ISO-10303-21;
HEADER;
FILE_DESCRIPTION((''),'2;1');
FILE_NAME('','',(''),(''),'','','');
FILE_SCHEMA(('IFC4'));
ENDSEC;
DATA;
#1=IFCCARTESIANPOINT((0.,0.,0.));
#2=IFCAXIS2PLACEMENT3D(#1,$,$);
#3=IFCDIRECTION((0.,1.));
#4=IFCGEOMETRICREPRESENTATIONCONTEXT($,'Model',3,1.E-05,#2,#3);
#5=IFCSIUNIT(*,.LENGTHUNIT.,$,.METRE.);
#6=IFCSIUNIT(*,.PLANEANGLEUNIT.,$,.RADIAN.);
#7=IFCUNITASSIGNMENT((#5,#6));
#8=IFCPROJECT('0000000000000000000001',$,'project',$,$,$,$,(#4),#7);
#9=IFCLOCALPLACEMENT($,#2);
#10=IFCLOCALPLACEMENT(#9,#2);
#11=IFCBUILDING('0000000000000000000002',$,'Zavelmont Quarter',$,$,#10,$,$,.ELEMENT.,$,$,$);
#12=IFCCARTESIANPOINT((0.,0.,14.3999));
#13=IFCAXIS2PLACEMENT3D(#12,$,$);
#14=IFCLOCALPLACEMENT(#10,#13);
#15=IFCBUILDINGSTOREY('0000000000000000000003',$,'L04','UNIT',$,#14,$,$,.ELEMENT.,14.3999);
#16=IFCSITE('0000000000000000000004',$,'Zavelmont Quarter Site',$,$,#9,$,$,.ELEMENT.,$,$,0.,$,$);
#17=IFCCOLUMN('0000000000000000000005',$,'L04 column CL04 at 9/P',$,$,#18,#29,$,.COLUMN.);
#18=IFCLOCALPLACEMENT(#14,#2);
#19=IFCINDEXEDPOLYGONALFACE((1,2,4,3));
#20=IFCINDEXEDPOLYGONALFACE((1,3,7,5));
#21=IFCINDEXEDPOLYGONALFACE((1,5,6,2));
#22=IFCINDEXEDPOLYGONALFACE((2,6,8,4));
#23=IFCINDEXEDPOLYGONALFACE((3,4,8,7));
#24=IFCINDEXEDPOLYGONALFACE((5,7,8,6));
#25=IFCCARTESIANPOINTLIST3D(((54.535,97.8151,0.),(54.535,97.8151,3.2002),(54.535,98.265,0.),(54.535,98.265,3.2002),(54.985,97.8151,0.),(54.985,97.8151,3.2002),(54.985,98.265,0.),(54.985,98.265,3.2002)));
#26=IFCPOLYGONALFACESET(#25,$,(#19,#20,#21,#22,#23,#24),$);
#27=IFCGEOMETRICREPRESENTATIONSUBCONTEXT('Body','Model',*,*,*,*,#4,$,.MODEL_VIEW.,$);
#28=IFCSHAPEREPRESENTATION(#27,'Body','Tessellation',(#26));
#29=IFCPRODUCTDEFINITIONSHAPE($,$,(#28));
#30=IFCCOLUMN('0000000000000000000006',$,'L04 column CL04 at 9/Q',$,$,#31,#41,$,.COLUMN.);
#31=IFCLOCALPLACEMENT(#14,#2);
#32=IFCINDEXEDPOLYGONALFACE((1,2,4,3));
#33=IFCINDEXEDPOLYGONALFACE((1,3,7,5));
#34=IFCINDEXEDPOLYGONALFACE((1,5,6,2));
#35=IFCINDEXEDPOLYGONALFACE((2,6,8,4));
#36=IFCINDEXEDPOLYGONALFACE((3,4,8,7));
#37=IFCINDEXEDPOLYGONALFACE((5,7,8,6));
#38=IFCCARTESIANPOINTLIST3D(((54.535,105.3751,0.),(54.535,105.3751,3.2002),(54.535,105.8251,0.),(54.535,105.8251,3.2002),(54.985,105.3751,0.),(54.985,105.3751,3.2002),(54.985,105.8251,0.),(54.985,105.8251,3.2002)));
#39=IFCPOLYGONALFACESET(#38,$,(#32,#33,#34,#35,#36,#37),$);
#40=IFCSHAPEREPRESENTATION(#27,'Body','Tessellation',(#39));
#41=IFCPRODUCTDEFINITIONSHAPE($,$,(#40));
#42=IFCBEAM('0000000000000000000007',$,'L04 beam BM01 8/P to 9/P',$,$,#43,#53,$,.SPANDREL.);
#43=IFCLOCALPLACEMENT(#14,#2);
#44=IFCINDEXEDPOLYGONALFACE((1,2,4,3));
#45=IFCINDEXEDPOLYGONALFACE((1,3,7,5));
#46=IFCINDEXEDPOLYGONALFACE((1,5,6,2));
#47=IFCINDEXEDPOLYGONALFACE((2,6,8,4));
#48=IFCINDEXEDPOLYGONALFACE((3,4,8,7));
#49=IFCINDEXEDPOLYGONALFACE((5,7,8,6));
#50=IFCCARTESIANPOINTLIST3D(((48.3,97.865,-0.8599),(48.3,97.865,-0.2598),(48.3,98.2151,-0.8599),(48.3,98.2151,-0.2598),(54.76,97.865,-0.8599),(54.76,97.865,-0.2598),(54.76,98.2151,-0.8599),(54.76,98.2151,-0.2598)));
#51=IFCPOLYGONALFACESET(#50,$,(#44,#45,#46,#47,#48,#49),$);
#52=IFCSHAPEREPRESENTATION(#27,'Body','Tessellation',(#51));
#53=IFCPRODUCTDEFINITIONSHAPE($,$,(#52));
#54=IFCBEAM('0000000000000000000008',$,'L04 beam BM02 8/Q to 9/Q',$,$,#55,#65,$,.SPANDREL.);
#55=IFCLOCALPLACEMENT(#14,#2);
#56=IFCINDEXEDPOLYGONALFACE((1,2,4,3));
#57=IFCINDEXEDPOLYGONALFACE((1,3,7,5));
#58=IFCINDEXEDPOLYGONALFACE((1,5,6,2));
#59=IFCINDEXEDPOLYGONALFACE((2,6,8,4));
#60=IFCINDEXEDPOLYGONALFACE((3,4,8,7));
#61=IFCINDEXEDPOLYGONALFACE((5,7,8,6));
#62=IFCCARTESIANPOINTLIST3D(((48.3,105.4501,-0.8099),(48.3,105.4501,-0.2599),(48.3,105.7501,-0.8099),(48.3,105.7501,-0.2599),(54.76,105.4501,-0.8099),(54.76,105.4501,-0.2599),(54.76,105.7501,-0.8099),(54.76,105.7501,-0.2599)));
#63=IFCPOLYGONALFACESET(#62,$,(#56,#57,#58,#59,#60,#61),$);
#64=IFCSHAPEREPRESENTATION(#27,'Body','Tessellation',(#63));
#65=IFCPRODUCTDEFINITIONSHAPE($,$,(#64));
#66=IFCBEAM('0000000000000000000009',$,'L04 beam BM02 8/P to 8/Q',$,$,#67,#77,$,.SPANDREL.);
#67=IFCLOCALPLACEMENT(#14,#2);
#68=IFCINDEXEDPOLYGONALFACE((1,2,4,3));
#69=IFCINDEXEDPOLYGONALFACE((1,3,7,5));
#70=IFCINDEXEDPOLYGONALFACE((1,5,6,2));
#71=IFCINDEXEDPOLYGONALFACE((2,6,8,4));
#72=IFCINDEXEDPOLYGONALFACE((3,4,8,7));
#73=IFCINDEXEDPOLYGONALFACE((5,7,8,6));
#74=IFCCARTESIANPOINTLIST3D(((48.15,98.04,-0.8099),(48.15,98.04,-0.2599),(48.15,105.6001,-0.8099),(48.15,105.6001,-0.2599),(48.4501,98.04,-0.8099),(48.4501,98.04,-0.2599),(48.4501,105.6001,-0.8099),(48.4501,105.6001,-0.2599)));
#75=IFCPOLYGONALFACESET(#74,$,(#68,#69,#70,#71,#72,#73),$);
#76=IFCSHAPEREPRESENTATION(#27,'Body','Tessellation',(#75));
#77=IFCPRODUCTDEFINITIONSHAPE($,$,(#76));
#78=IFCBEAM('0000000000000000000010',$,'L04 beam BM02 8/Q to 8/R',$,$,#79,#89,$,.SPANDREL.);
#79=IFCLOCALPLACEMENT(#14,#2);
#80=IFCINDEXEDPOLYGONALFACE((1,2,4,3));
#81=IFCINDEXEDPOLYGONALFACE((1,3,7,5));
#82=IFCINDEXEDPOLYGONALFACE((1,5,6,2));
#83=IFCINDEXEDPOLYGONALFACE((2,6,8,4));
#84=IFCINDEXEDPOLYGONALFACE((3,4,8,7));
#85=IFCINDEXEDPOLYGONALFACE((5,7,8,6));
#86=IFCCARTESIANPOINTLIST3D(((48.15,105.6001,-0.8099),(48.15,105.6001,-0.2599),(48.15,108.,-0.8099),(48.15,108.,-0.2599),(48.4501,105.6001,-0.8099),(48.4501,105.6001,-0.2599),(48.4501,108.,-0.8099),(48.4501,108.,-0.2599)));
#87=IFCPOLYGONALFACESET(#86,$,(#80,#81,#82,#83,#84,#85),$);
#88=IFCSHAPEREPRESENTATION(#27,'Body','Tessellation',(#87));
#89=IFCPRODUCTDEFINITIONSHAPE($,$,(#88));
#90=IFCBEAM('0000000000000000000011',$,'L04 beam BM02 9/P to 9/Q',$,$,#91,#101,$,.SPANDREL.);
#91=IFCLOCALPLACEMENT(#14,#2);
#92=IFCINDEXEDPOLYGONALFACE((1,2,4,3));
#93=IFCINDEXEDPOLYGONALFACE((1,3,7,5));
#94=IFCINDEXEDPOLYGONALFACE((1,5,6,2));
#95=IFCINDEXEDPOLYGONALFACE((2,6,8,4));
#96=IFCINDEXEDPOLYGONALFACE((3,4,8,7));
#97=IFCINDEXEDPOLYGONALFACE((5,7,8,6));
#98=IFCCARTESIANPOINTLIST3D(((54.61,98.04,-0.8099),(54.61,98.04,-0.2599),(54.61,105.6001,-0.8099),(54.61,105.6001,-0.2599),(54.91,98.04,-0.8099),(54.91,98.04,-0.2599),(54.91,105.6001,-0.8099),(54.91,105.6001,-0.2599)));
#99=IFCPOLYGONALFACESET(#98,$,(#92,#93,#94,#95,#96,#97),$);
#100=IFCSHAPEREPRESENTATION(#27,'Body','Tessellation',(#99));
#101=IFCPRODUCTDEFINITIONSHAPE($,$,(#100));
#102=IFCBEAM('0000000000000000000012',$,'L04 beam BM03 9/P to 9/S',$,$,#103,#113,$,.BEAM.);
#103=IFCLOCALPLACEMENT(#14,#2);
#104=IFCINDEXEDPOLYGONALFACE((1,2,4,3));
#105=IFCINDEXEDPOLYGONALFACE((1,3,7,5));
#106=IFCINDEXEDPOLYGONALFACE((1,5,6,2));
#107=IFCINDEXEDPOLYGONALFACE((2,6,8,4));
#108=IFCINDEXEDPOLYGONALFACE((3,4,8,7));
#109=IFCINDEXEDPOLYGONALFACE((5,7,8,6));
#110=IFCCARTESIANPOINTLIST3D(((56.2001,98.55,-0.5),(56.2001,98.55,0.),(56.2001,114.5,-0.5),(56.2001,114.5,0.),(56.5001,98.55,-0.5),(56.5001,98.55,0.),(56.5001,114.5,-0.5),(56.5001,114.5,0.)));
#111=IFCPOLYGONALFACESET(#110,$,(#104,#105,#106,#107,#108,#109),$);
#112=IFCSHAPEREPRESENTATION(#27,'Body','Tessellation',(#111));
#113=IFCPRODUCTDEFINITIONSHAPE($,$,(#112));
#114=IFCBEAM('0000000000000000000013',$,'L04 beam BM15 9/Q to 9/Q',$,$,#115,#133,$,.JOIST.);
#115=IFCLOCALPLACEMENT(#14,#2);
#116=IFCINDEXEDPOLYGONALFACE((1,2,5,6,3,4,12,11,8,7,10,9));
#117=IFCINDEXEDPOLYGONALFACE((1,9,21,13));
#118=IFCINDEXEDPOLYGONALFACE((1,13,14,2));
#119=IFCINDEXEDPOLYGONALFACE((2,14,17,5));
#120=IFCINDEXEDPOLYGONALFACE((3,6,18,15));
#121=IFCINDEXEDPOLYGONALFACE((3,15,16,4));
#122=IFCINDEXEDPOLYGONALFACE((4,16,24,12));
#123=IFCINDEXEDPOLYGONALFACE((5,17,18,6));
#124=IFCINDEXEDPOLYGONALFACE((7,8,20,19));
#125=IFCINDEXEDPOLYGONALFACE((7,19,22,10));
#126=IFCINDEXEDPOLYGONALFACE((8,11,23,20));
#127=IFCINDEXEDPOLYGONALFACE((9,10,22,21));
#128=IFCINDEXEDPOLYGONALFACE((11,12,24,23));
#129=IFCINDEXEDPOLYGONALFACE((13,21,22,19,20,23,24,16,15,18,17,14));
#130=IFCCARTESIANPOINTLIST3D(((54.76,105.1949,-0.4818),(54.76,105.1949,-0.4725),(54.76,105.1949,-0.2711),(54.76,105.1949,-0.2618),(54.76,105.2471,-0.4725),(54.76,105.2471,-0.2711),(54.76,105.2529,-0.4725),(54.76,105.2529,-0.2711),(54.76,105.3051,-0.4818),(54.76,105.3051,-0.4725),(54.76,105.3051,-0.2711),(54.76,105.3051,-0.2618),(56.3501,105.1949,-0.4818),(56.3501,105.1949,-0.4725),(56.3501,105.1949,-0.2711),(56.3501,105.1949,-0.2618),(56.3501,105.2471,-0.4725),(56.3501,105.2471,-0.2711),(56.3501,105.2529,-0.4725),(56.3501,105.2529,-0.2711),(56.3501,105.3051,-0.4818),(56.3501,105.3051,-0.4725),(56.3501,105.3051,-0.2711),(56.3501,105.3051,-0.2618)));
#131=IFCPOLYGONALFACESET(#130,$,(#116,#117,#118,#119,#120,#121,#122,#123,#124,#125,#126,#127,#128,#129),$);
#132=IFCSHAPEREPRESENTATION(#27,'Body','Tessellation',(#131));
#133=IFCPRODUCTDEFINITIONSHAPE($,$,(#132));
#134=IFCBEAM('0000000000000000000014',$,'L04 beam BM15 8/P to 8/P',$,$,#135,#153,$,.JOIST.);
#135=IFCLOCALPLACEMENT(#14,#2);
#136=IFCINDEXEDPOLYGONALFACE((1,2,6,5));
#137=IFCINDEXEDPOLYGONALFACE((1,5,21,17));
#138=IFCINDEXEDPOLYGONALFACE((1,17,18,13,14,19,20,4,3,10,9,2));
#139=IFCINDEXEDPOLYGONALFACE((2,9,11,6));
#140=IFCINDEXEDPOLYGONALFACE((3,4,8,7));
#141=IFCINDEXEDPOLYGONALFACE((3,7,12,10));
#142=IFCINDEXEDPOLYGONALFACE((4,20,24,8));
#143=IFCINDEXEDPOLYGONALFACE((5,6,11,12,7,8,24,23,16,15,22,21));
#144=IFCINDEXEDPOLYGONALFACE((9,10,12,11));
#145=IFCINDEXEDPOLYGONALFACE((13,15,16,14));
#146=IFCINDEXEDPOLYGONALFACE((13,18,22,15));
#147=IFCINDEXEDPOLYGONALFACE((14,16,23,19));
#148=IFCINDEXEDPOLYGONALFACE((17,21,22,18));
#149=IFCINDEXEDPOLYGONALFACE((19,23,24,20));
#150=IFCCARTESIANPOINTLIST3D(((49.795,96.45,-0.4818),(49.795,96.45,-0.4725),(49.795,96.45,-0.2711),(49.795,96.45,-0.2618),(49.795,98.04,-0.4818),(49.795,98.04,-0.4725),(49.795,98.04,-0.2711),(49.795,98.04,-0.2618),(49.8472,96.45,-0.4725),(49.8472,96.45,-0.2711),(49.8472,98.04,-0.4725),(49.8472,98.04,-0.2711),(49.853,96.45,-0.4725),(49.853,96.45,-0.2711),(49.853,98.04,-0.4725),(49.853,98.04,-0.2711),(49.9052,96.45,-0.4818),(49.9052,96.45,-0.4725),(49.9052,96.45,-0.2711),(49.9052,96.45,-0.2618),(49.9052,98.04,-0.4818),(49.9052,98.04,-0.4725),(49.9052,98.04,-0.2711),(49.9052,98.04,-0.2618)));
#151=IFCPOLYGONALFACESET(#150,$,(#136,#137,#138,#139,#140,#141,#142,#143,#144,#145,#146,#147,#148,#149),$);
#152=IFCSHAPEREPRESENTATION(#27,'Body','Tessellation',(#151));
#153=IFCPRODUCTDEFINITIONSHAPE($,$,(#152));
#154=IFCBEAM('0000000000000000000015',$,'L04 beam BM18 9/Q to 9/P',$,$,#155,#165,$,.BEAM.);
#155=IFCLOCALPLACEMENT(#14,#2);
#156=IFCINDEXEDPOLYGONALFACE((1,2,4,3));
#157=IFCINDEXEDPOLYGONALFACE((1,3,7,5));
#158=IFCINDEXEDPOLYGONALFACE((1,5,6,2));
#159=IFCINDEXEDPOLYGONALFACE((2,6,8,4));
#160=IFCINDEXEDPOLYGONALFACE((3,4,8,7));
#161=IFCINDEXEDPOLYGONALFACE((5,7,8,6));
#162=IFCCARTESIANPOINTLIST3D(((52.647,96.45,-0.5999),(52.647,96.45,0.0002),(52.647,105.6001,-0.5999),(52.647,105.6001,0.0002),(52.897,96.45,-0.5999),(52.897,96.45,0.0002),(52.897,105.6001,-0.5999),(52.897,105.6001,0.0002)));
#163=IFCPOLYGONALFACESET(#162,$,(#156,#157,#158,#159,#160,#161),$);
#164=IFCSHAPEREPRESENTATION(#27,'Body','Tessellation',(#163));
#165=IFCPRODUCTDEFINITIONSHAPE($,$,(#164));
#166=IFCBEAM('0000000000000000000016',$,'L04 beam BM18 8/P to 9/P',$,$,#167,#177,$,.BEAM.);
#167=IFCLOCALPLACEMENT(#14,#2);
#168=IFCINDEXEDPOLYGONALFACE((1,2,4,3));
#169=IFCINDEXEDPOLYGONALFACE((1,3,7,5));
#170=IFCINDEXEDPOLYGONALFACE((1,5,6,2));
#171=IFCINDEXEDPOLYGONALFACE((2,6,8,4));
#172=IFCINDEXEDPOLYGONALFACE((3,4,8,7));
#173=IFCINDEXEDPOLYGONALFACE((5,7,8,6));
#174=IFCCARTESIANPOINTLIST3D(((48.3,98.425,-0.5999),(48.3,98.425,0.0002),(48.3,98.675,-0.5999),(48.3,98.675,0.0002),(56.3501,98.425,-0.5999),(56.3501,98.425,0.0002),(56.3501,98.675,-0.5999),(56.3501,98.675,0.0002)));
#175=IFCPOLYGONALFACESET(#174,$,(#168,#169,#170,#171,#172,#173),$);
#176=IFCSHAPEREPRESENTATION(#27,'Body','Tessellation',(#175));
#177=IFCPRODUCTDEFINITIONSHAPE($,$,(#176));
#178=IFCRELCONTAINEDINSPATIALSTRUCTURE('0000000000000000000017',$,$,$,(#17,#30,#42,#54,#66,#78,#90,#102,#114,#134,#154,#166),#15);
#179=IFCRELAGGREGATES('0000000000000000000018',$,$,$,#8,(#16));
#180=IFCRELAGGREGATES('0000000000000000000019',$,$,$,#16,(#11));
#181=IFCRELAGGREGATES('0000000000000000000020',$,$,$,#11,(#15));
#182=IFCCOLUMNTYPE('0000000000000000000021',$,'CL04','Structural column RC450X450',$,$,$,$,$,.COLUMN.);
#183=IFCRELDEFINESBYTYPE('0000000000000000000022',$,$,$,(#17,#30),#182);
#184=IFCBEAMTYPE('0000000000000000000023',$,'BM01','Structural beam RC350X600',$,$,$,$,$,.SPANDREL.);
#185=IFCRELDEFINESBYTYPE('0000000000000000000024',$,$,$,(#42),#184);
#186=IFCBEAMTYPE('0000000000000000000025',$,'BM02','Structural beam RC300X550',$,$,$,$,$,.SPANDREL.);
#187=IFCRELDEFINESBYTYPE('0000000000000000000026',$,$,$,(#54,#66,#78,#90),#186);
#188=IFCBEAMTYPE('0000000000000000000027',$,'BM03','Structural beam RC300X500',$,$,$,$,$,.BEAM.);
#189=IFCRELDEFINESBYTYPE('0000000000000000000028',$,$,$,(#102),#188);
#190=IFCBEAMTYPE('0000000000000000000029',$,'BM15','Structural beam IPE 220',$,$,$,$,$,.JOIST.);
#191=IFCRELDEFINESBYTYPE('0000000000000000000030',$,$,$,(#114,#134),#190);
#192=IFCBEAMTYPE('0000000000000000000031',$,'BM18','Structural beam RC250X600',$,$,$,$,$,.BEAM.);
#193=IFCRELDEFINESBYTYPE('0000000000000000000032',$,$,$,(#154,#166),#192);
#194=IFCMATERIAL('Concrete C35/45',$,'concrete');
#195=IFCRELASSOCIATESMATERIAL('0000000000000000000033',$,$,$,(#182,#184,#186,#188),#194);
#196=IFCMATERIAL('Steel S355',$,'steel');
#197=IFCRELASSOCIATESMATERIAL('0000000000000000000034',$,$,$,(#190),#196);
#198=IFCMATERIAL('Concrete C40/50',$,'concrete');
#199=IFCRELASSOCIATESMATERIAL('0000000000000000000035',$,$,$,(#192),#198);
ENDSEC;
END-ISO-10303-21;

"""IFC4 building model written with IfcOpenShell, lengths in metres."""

from ifc_helpers import new_model, si_unit, direction, frame, origin, origin_2d, place, context, subcontext, project, spatial, rectangle, i_section, extrude, material, material_profile, profile_set, type_object, element, save


model = new_model("IFC4")

# Units and contexts
model_context = context("Model", 3, precision=1e-05, world=origin(), true_north=direction((0.0, 1.0)))
body_context = subcontext(model_context, "Body", "Model", "MODEL_VIEW")
ifc_project = project(units=[si_unit("LENGTHUNIT", "METRE"), si_unit("PLANEANGLEUNIT", "RADIAN")], contexts=[model_context])

# Site, building, storey
site_placement = place(None, origin())
site = spatial("IfcSite", under=ifc_project, at=site_placement, Name="Zavelmont Quarter Site", CompositionType="ELEMENT", RefElevation=0.0)
building_placement = place(site_placement, origin())
building = spatial("IfcBuilding", under=site, at=building_placement, Name="Zavelmont Quarter", CompositionType="ELEMENT")
storey_placement = place(building_placement, frame((0.0, 0.0, 14.3999)))
storey = spatial("IfcBuildingStorey", under=building, at=storey_placement, Name="L04", Description="UNIT", CompositionType="ELEMENT", Elevation=14.3999)

# Columns
ifc_material_1 = material(Name="Concrete C35/45", Category="concrete")
ifc_material_profile_1 = material_profile(ifc_material_1, rectangle(XDim=0.45, YDim=0.45, at=origin_2d()), Name="RC450X450")
ifc_profile_set_1 = profile_set([ifc_material_profile_1], Name="Concrete C35/45")
column_type = type_object("IfcColumnType", Name="CL04", Description="Structural column RC450X450", PredefinedType="COLUMN", material=ifc_profile_set_1)
for number, where, z_axis, x_axis, name in (
    (1, (54.76, 98.04, 0.0), (0.0, 0.0, 1.0), (1.0, 0.0, 0.0), "L04 column CL04 at 9/P"),
    (2, (54.76, 105.6001, 0.0), (0.0, 0.0, 1.0), (1.0, 0.0, 0.0), "L04 column CL04 at 9/Q"),
):
    element("IfcColumn", number, at=place(storey_placement, frame(where, z_axis=z_axis, x_axis=x_axis)), inside=storey, type_object=column_type, Name=name, PredefinedType="COLUMN", context=body_context, shape_type="SweptSolid", body=[
        extrude(rectangle(XDim=0.45, YDim=0.45, at=origin_2d()), origin(), (0.0, 0.0, 1.0), 3.2002),
    ])

# Beams
ifc_material_profile_2 = material_profile(ifc_material_1, rectangle(XDim=0.3501, YDim=0.6001, at=origin_2d()), Name="RC350X600")
ifc_profile_set_2 = profile_set([ifc_material_profile_2], Name="Concrete C35/45")
beam_type_1 = type_object("IfcBeamType", Name="BM01", Description="Structural beam RC350X600", PredefinedType="SPANDREL", material=ifc_profile_set_2)
beam_1_placement = place(storey_placement, frame((48.3, 98.04, -0.5598), z_axis=(1.0, 0.0, 0.0), x_axis=(0.0, 1.0, 0.0)))
element("IfcBeam", 3, at=beam_1_placement, inside=storey, type_object=beam_type_1, Name="L04 beam BM01 8/P to 9/P", PredefinedType="SPANDREL", context=body_context, shape_type="SweptSolid", body=[
    extrude(rectangle(XDim=0.3501, YDim=0.6001, at=origin_2d()), origin(), (0.0, 0.0, 1.0), 6.46),
])
ifc_material_profile_3 = material_profile(ifc_material_1, rectangle(XDim=0.3, YDim=0.55, at=origin_2d()), Name="RC300X550")
ifc_profile_set_3 = profile_set([ifc_material_profile_3], Name="Concrete C35/45")
beam_type_2 = type_object("IfcBeamType", Name="BM02", Description="Structural beam RC300X550", PredefinedType="SPANDREL", material=ifc_profile_set_3)
beam_2_placement = place(storey_placement, frame((48.3, 105.6001, -0.5349), z_axis=(1.0, 0.0, 0.0), x_axis=(0.0, 1.0, 0.0)))
element("IfcBeam", 4, at=beam_2_placement, inside=storey, type_object=beam_type_2, Name="L04 beam BM02 8/Q to 9/Q", PredefinedType="SPANDREL", context=body_context, shape_type="SweptSolid", body=[
    extrude(rectangle(XDim=0.3, YDim=0.55, at=origin_2d()), origin(), (0.0, 0.0, 1.0), 6.46),
])
beam_3_placement = place(storey_placement, frame((48.3, 98.04, -0.5349), z_axis=(0.0, 1.0, 0.0), x_axis=(-1.0, 0.0, 0.0)))
element("IfcBeam", 5, at=beam_3_placement, inside=storey, type_object=beam_type_2, Name="L04 beam BM02 8/P to 8/Q", PredefinedType="SPANDREL", context=body_context, shape_type="SweptSolid", body=[
    extrude(rectangle(XDim=0.3, YDim=0.55, at=origin_2d()), origin(), (0.0, 0.0, 1.0), 7.5601),
])
beam_4_placement = place(storey_placement, frame((48.3, 105.6001, -0.5349), z_axis=(0.0, 1.0, 0.0), x_axis=(-1.0, 0.0, 0.0)))
element("IfcBeam", 6, at=beam_4_placement, inside=storey, type_object=beam_type_2, Name="L04 beam BM02 8/Q to 8/R", PredefinedType="SPANDREL", context=body_context, shape_type="SweptSolid", body=[
    extrude(rectangle(XDim=0.3, YDim=0.55, at=origin_2d()), origin(), (0.0, 0.0, 1.0), 2.3999),
])
beam_5_placement = place(storey_placement, frame((54.76, 98.04, -0.5349), z_axis=(0.0, 1.0, 0.0), x_axis=(-1.0, 0.0, 0.0)))
element("IfcBeam", 7, at=beam_5_placement, inside=storey, type_object=beam_type_2, Name="L04 beam BM02 9/P to 9/Q", PredefinedType="SPANDREL", context=body_context, shape_type="SweptSolid", body=[
    extrude(rectangle(XDim=0.3, YDim=0.55, at=origin_2d()), origin(), (0.0, 0.0, 1.0), 7.5601),
])
ifc_material_profile_4 = material_profile(ifc_material_1, rectangle(XDim=0.3, YDim=0.5, at=origin_2d()), Name="RC300X500")
ifc_profile_set_4 = profile_set([ifc_material_profile_4], Name="Concrete C35/45")
beam_type_3 = type_object("IfcBeamType", Name="BM03", Description="Structural beam RC300X500", PredefinedType="BEAM", material=ifc_profile_set_4)
beam_6_placement = place(storey_placement, frame((56.3501, 98.55, -0.25), z_axis=(0.0, 1.0, 0.0), x_axis=(-1.0, 0.0, 0.0)))
element("IfcBeam", 8, at=beam_6_placement, inside=storey, type_object=beam_type_3, Name="L04 beam BM03 9/P to 9/S", PredefinedType="BEAM", context=body_context, shape_type="SweptSolid", body=[
    extrude(rectangle(XDim=0.3, YDim=0.5, at=origin_2d()), origin(), (0.0, 0.0, 1.0), 15.95),
])
ifc_material_2 = material(Name="Steel S355", Category="steel")
ifc_material_profile_5 = material_profile(ifc_material_2, i_section(OverallWidth=0.1101, OverallDepth=0.22, WebThickness=0.0059, FlangeThickness=0.0093, at=origin_2d()), Name="IPE 220")
ifc_profile_set_5 = profile_set([ifc_material_profile_5], Name="Steel S355")
beam_type_4 = type_object("IfcBeamType", Name="BM15", Description="Structural beam IPE 220", PredefinedType="JOIST", material=ifc_profile_set_5)
for number, where, z_axis, x_axis, name in (
    (9, (54.76, 105.25, -0.3718), (1.0, 0.0, 0.0), (0.0, 1.0, 0.0), "L04 beam BM15 9/Q to 9/Q"),
    (10, (49.8501, 98.04, -0.3718), (0.0, -1.0, 0.0), (1.0, 0.0, 0.0), "L04 beam BM15 8/P to 8/P"),
):
    element("IfcBeam", number, at=place(storey_placement, frame(where, z_axis=z_axis, x_axis=x_axis)), inside=storey, type_object=beam_type_4, Name=name, PredefinedType="JOIST", context=body_context, shape_type="SweptSolid", body=[
        extrude(i_section(OverallWidth=0.1101, OverallDepth=0.22, WebThickness=0.0059, FlangeThickness=0.0093, at=origin_2d()), origin(), (0.0, 0.0, 1.0), 1.5901),
    ])
ifc_material_3 = material(Name="Concrete C40/50", Category="concrete")
ifc_material_profile_6 = material_profile(ifc_material_3, rectangle(XDim=0.25, YDim=0.6001, at=origin_2d()), Name="RC250X600")
ifc_profile_set_6 = profile_set([ifc_material_profile_6], Name="Concrete C40/50")
beam_type_5 = type_object("IfcBeamType", Name="BM18", Description="Structural beam RC250X600", PredefinedType="BEAM", material=ifc_profile_set_6)
beam_7_placement = place(storey_placement, frame((52.772, 105.6001, -0.2998), z_axis=(0.0, -1.0, 0.0), x_axis=(1.0, 0.0, 0.0)))
element("IfcBeam", 11, at=beam_7_placement, inside=storey, type_object=beam_type_5, Name="L04 beam BM18 9/Q to 9/P", PredefinedType="BEAM", context=body_context, shape_type="SweptSolid", body=[
    extrude(rectangle(XDim=0.25, YDim=0.6001, at=origin_2d()), origin(), (0.0, 0.0, 1.0), 9.1501),
])
beam_8_placement = place(storey_placement, frame((48.3, 98.55, -0.2998), z_axis=(1.0, 0.0, 0.0), x_axis=(0.0, 1.0, 0.0)))
element("IfcBeam", 12, at=beam_8_placement, inside=storey, type_object=beam_type_5, Name="L04 beam BM18 8/P to 9/P", PredefinedType="BEAM", context=body_context, shape_type="SweptSolid", body=[
    extrude(rectangle(XDim=0.25, YDim=0.6001, at=origin_2d()), origin(), (0.0, 0.0, 1.0), 8.05),
])

save(model, "model.ifc")
